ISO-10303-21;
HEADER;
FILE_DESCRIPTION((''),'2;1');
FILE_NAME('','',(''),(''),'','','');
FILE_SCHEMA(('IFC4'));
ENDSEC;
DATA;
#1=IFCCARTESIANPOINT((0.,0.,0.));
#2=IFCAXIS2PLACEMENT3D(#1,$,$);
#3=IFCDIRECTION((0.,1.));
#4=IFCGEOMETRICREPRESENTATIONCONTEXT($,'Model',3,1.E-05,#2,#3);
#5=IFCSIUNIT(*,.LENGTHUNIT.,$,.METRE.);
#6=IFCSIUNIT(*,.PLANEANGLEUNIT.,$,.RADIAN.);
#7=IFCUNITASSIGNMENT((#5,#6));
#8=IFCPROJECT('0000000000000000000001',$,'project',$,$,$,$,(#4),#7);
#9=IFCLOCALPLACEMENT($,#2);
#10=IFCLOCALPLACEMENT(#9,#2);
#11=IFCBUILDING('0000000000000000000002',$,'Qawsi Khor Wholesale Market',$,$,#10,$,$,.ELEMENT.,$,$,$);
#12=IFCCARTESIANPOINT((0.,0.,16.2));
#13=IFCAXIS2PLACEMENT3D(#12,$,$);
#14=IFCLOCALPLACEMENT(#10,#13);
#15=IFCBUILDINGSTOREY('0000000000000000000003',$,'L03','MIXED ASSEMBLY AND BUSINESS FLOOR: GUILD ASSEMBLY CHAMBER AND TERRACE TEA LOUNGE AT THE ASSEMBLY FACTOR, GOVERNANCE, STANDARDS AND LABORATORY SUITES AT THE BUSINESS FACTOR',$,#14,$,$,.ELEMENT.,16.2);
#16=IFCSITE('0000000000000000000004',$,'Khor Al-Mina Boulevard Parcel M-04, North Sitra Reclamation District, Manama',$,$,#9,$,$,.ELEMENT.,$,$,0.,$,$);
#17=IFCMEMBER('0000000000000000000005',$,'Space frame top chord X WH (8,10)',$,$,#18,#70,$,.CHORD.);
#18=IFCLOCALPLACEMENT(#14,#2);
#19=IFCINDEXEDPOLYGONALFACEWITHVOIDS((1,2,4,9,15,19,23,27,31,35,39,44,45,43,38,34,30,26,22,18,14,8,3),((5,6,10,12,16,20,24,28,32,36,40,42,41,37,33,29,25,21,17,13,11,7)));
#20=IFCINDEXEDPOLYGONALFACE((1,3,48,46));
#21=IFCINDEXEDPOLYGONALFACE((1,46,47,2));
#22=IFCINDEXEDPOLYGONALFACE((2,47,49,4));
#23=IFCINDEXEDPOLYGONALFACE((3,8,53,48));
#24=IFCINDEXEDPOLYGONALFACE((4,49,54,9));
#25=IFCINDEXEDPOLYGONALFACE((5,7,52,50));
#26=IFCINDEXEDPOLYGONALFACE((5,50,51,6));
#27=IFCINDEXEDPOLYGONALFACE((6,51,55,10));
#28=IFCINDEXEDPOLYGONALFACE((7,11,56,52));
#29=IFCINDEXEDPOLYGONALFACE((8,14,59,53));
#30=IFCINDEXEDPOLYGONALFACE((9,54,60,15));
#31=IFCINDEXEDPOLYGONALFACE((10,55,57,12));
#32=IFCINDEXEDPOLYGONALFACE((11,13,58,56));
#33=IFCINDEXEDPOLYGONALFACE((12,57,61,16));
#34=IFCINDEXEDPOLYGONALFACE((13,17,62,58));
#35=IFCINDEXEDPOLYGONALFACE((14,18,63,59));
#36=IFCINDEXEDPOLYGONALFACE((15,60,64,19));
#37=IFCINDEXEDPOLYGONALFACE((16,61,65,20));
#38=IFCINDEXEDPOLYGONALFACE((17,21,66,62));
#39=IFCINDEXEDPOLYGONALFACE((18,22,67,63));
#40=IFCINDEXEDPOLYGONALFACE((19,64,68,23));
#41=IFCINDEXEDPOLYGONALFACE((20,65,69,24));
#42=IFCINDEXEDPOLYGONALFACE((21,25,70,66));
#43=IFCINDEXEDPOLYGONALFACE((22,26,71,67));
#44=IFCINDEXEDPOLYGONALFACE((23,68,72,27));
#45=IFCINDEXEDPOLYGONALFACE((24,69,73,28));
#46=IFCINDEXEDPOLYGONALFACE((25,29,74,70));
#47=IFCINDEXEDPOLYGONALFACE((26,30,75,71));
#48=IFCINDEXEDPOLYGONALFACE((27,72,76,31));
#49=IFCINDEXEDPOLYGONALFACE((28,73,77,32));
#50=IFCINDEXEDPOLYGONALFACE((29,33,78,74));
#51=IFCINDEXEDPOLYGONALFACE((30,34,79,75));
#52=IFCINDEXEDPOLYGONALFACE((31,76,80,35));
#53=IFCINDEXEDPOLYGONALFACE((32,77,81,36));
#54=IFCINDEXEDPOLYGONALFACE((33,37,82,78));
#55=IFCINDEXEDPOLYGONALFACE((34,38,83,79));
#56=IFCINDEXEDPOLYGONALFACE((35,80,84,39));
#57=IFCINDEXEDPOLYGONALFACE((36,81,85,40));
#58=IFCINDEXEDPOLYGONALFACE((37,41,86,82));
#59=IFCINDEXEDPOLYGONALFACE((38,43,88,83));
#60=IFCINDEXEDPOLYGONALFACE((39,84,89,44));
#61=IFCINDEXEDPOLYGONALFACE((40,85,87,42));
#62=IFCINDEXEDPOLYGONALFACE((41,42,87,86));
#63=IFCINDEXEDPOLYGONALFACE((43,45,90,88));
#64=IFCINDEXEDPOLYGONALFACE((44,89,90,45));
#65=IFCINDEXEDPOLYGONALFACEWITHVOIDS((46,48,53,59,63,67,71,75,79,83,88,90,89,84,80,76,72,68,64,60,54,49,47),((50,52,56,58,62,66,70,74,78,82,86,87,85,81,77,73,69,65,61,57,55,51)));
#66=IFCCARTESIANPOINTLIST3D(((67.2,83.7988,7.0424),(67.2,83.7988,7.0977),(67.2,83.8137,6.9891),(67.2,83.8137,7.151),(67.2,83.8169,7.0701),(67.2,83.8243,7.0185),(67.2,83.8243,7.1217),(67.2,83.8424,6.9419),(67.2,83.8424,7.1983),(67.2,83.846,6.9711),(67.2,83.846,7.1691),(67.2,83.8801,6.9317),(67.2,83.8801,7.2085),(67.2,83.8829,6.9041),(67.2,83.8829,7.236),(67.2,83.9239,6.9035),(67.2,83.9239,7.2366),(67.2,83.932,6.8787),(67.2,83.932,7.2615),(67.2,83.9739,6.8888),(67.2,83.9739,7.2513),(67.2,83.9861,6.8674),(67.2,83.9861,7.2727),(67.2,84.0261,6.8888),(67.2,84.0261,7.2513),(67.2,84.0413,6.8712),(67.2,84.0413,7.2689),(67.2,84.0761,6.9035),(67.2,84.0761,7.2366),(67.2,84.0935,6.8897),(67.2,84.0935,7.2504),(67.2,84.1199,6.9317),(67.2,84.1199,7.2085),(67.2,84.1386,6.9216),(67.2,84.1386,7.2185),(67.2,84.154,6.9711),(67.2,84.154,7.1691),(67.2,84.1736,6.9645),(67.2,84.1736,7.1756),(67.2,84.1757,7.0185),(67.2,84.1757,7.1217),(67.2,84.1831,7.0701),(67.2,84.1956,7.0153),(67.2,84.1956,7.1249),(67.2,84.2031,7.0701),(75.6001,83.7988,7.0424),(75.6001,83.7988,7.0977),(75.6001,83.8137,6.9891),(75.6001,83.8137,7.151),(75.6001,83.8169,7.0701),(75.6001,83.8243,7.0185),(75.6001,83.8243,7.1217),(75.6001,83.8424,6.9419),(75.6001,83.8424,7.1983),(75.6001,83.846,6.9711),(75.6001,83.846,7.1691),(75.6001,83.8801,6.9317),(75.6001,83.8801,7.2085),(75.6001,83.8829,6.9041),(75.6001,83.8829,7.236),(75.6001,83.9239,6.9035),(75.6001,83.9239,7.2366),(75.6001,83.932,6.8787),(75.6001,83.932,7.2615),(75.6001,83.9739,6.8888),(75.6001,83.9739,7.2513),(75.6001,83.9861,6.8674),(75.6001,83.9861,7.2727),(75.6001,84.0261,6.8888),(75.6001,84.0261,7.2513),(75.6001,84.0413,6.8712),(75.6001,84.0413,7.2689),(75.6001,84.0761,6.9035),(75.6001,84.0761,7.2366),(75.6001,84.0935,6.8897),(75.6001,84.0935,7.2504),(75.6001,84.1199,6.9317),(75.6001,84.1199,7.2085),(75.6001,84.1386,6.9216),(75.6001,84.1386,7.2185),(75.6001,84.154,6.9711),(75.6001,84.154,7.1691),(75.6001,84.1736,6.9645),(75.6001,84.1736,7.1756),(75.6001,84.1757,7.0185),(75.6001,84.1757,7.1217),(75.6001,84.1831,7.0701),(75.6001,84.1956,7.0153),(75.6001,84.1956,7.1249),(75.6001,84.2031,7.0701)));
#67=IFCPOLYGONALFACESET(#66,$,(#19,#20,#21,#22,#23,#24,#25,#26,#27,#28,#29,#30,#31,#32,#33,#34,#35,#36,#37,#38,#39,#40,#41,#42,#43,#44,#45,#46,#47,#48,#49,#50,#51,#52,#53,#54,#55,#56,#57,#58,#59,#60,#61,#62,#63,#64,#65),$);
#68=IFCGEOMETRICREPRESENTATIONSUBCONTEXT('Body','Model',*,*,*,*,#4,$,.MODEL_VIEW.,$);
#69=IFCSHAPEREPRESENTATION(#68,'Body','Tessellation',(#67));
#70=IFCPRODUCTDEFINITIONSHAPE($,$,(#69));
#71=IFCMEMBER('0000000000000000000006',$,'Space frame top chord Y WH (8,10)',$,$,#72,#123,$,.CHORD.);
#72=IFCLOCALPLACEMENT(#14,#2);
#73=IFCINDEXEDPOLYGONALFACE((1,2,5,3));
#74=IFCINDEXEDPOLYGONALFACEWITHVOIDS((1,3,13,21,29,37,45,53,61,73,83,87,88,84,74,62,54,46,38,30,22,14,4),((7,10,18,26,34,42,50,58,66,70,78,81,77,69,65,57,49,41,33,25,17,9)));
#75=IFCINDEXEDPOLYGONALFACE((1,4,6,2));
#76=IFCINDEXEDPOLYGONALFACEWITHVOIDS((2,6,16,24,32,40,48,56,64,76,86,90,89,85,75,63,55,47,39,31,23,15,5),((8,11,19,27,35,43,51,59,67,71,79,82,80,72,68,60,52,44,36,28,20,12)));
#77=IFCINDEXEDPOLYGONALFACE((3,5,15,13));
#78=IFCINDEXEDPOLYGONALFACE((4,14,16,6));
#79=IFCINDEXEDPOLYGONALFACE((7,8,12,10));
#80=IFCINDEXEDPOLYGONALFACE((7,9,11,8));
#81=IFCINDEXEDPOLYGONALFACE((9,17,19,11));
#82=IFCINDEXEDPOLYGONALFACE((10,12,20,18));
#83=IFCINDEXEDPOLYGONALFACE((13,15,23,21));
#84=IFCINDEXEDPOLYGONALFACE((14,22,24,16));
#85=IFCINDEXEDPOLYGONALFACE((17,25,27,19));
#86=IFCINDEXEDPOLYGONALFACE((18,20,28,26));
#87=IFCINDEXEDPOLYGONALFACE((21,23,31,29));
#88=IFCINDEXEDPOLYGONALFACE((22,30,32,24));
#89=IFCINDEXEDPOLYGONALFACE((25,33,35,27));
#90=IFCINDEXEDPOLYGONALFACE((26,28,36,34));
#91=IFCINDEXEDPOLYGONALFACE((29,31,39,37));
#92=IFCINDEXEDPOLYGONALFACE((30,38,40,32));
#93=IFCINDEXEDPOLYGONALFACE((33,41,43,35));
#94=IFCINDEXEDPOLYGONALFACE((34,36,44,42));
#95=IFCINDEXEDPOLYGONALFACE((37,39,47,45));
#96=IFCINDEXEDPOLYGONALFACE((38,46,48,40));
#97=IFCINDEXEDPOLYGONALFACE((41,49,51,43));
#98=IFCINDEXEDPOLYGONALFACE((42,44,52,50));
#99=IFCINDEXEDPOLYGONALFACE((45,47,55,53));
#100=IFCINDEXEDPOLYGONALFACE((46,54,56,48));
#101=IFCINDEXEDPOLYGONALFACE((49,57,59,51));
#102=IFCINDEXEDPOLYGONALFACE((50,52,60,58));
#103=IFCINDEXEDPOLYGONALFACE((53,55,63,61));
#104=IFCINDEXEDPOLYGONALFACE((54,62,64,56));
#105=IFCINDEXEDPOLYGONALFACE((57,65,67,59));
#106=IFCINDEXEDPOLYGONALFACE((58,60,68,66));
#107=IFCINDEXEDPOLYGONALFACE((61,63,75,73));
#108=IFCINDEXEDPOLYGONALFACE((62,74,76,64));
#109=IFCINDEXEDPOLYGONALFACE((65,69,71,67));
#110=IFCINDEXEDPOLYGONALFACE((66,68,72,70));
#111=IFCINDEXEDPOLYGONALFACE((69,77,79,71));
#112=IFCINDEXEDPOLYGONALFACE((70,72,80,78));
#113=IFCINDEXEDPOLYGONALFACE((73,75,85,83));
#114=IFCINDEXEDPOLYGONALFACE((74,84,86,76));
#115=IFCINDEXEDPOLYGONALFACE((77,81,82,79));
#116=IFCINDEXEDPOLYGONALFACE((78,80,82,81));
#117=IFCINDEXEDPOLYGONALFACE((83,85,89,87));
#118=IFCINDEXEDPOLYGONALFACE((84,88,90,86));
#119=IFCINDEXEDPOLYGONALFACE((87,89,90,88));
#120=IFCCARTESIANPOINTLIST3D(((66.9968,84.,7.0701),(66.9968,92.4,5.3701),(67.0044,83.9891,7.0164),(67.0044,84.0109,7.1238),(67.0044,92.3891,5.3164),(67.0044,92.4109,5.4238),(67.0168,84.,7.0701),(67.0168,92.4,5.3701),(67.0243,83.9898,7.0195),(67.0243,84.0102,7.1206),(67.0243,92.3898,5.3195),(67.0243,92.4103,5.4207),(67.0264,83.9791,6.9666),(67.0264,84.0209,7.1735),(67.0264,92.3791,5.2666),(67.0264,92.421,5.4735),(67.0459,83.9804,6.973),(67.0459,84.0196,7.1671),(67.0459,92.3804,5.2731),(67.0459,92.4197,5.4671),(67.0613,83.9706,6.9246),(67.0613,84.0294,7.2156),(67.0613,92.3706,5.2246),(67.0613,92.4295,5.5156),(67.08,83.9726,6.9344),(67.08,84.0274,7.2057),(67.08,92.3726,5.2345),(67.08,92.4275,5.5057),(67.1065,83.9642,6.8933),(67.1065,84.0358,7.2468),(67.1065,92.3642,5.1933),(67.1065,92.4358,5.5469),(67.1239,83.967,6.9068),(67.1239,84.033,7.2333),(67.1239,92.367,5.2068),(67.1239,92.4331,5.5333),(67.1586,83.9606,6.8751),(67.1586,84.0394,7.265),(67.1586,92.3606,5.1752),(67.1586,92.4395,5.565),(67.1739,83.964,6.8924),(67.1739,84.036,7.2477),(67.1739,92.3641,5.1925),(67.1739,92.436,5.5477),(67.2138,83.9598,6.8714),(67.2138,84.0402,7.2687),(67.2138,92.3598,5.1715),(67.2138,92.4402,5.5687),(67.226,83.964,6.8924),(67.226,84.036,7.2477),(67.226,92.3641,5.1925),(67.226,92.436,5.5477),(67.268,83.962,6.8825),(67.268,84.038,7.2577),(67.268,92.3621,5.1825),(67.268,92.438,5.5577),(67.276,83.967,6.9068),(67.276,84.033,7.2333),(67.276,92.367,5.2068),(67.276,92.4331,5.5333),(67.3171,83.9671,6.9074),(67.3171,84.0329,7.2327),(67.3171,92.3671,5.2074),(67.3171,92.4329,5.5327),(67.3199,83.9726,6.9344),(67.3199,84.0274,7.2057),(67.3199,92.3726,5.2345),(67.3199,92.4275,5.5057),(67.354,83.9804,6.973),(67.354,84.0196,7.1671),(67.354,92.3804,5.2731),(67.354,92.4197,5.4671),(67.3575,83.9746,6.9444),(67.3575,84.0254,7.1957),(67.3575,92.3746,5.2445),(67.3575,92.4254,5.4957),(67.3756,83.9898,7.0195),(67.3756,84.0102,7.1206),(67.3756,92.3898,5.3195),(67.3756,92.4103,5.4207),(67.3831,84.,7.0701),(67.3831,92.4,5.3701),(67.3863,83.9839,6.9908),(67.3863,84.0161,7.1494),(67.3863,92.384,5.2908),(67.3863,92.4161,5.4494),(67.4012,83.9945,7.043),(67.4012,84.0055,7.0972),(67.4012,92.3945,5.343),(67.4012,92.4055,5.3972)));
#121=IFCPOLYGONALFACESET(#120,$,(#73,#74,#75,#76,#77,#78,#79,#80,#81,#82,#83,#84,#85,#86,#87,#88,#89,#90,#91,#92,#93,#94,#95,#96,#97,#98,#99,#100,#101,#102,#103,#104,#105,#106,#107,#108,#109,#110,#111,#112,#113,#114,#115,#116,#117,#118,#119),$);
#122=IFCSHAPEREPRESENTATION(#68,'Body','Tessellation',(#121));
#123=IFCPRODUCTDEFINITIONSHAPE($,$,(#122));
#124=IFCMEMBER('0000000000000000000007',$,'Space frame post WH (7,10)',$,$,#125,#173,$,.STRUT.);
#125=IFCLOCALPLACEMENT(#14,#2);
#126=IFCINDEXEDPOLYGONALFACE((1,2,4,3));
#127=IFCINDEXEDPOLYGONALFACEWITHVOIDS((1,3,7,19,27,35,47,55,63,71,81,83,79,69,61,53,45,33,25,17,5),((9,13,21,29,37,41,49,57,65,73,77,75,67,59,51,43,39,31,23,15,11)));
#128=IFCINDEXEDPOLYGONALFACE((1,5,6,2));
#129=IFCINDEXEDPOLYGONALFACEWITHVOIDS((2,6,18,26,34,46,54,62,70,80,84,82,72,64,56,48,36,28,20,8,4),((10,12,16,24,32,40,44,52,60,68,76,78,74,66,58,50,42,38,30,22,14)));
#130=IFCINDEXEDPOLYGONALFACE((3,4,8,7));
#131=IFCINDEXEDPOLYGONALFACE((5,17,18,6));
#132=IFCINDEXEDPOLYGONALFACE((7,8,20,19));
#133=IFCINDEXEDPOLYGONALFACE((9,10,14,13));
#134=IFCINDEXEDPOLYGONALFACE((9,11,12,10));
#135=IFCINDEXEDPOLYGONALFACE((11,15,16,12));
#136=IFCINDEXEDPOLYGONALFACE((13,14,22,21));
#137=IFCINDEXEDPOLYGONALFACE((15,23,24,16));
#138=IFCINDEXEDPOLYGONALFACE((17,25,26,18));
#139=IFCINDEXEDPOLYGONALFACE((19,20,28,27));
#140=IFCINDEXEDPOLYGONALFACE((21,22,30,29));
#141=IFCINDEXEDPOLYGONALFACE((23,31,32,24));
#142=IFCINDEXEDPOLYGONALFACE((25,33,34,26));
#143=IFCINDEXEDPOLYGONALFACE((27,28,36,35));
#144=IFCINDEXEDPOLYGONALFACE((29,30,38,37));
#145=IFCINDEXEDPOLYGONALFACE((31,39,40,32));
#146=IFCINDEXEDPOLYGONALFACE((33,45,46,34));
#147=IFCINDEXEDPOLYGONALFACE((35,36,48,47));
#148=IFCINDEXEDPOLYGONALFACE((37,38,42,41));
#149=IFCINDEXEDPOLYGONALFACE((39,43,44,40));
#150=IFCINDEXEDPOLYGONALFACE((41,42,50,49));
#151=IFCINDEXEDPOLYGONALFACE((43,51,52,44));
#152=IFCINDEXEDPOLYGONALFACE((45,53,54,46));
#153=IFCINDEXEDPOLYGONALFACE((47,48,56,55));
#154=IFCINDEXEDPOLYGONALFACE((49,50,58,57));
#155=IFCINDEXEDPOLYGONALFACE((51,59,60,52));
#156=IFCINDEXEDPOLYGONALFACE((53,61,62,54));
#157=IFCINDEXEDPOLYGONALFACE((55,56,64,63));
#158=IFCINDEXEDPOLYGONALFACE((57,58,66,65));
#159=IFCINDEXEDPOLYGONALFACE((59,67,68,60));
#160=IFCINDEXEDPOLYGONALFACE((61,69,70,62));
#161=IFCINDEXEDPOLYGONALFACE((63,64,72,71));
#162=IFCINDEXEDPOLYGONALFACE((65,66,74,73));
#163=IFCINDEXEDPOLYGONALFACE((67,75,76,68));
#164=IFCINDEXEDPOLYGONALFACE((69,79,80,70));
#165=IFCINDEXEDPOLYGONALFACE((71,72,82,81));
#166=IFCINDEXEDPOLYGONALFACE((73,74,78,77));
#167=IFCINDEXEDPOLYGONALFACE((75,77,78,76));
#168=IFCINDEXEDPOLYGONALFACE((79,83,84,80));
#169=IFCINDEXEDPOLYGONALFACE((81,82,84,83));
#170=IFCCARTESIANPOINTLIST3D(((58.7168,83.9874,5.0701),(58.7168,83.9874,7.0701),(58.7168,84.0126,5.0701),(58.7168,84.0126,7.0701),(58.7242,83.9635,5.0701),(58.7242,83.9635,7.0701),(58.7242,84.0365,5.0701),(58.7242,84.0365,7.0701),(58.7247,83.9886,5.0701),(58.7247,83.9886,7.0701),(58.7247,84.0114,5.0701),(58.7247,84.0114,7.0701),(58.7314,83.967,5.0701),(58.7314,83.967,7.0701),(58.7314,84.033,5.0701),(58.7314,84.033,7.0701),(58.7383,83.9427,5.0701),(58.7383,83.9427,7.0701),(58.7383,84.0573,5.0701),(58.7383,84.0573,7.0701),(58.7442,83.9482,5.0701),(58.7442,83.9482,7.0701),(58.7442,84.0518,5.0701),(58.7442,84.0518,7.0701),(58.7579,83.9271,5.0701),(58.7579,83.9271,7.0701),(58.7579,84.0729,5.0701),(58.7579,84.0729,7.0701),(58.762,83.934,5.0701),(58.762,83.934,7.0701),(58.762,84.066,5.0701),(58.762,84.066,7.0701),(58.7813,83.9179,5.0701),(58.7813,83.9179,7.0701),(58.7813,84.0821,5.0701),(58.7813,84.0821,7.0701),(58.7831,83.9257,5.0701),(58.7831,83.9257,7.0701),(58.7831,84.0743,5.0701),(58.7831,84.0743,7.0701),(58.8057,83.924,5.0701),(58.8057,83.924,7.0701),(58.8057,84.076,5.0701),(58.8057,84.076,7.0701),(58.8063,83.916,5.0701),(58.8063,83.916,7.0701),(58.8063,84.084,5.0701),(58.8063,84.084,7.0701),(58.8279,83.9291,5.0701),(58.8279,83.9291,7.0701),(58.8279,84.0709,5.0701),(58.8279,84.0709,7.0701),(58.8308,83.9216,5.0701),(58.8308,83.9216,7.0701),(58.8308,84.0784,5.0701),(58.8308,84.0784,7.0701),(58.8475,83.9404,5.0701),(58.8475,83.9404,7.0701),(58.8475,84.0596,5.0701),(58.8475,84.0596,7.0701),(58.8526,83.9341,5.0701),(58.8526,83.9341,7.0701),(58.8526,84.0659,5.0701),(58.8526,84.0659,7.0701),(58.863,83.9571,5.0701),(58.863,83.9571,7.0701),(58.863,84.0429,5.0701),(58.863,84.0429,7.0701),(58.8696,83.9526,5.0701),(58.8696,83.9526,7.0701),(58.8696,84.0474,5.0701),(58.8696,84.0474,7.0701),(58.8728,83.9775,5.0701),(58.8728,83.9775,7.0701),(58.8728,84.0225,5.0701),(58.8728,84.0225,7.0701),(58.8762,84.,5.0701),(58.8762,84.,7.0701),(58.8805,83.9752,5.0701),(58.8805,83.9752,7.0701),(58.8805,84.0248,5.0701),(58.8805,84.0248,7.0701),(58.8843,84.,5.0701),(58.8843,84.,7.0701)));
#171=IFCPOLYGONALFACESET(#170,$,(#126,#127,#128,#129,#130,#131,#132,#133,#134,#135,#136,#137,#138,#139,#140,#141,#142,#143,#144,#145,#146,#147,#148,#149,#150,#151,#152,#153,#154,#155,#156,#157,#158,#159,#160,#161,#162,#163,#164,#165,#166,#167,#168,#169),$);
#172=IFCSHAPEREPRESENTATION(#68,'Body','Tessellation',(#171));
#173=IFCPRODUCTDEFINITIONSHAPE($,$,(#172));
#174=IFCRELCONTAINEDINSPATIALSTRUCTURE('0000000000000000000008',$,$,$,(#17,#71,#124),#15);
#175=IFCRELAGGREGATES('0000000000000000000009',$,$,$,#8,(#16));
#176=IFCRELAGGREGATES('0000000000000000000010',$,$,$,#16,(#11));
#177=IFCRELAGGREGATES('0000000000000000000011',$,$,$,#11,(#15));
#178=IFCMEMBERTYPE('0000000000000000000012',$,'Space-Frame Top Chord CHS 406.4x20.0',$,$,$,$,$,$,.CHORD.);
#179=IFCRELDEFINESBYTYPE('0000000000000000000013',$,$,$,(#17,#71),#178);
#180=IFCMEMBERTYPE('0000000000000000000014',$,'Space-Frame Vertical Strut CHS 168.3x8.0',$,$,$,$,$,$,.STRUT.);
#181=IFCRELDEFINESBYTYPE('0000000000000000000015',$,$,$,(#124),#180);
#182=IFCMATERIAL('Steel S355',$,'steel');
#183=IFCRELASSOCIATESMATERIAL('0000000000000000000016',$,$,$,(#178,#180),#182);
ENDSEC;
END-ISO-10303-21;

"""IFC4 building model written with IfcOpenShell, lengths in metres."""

from ifc_helpers import new_model, si_unit, direction, frame, origin, origin_2d, place, context, subcontext, project, spatial, hollow_circle, extrude, material, material_profile, profile_set, type_object, element, save


model = new_model("IFC4")

# Units and contexts
model_context = context("Model", 3, precision=1e-05, world=origin(), true_north=direction((0.0, 1.0)))
body_context = subcontext(model_context, "Body", "Model", "MODEL_VIEW")
ifc_project = project(units=[si_unit("LENGTHUNIT", "METRE"), si_unit("PLANEANGLEUNIT", "RADIAN")], contexts=[model_context])

# Site, building, storey
site_placement = place(None, origin())
site = spatial("IfcSite", under=ifc_project, at=site_placement, Name="Khor Al-Mina Boulevard Parcel M-04, North Sitra Reclamation District, Manama", CompositionType="ELEMENT", RefElevation=0.0)
building_placement = place(site_placement, origin())
building = spatial("IfcBuilding", under=site, at=building_placement, Name="Qawsi Khor Wholesale Market", CompositionType="ELEMENT")
storey_placement = place(building_placement, frame((0.0, 0.0, 16.2)))
storey = spatial("IfcBuildingStorey", under=building, at=storey_placement, Name="L03", Description="MIXED ASSEMBLY AND BUSINESS FLOOR: GUILD ASSEMBLY CHAMBER AND TERRACE TEA LOUNGE AT THE ASSEMBLY FACTOR, GOVERNANCE, STANDARDS AND LABORATORY SUITES AT THE BUSINESS FACTOR", CompositionType="ELEMENT", Elevation=16.2)

# Members
ifc_material_1 = material(Name="Steel S355", Category="steel")
ifc_material_profile_1 = material_profile(ifc_material_1, hollow_circle(Radius=0.2031, WallThickness=0.02, at=origin_2d()), Name="CHS 406.4x20.0")
ifc_profile_set_1 = profile_set([ifc_material_profile_1], Name="Steel S355")
member_type_1 = type_object("IfcMemberType", Name="Space-Frame Top Chord CHS 406.4x20.0", PredefinedType="CHORD", material=ifc_profile_set_1)
member_1_placement = place(storey_placement, frame((67.2, 84.0, 7.0701), z_axis=(1.0, 0.0, 0.0), x_axis=(0.0, 1.0, 0.0)))
element("IfcMember", 1, at=member_1_placement, inside=storey, type_object=member_type_1, Name="Space frame top chord X WH (8,10)", PredefinedType="CHORD", context=body_context, shape_type="SweptSolid", body=[
    extrude(hollow_circle(Radius=0.2031, WallThickness=0.02, at=origin_2d()), origin(), (0.0, 0.0, 1.0), 8.4001),
])
member_2_placement = place(storey_placement, frame((67.2, 84.0, 7.0701), z_axis=(0.0, 0.98013, -0.198356), x_axis=(-1.0, 0.0, 0.0)))
element("IfcMember", 2, at=member_2_placement, inside=storey, type_object=member_type_1, Name="Space frame top chord Y WH (8,10)", PredefinedType="CHORD", context=body_context, shape_type="SweptSolid", body=[
    extrude(hollow_circle(Radius=0.2031, WallThickness=0.02, at=origin_2d()), origin(), (0.0, 0.0, 1.0), 8.5703),
])
ifc_material_profile_2 = material_profile(ifc_material_1, hollow_circle(Radius=0.0842, WallThickness=0.0081, at=origin_2d()), Name="CHS 168.3x8.0")
ifc_profile_set_2 = profile_set([ifc_material_profile_2], Name="Steel S355")
member_type_2 = type_object("IfcMemberType", Name="Space-Frame Vertical Strut CHS 168.3x8.0", PredefinedType="STRUT", material=ifc_profile_set_2)
for number, where, z_axis, x_axis, name in (
    (3, (58.8, 84.0, 5.0701), (0.0, 0.0, 1.0), (1.0, 0.0, 0.0), "Space frame post WH (7,10)"),
):
    element("IfcMember", number, at=place(storey_placement, frame(where, z_axis=z_axis, x_axis=x_axis)), inside=storey, type_object=member_type_2, Name=name, PredefinedType="STRUT", context=body_context, shape_type="SweptSolid", body=[
        extrude(hollow_circle(Radius=0.0842, WallThickness=0.0081, at=origin_2d()), origin(), (0.0, 0.0, 1.0), 2.0),
    ])

save(model, "model.ifc")
